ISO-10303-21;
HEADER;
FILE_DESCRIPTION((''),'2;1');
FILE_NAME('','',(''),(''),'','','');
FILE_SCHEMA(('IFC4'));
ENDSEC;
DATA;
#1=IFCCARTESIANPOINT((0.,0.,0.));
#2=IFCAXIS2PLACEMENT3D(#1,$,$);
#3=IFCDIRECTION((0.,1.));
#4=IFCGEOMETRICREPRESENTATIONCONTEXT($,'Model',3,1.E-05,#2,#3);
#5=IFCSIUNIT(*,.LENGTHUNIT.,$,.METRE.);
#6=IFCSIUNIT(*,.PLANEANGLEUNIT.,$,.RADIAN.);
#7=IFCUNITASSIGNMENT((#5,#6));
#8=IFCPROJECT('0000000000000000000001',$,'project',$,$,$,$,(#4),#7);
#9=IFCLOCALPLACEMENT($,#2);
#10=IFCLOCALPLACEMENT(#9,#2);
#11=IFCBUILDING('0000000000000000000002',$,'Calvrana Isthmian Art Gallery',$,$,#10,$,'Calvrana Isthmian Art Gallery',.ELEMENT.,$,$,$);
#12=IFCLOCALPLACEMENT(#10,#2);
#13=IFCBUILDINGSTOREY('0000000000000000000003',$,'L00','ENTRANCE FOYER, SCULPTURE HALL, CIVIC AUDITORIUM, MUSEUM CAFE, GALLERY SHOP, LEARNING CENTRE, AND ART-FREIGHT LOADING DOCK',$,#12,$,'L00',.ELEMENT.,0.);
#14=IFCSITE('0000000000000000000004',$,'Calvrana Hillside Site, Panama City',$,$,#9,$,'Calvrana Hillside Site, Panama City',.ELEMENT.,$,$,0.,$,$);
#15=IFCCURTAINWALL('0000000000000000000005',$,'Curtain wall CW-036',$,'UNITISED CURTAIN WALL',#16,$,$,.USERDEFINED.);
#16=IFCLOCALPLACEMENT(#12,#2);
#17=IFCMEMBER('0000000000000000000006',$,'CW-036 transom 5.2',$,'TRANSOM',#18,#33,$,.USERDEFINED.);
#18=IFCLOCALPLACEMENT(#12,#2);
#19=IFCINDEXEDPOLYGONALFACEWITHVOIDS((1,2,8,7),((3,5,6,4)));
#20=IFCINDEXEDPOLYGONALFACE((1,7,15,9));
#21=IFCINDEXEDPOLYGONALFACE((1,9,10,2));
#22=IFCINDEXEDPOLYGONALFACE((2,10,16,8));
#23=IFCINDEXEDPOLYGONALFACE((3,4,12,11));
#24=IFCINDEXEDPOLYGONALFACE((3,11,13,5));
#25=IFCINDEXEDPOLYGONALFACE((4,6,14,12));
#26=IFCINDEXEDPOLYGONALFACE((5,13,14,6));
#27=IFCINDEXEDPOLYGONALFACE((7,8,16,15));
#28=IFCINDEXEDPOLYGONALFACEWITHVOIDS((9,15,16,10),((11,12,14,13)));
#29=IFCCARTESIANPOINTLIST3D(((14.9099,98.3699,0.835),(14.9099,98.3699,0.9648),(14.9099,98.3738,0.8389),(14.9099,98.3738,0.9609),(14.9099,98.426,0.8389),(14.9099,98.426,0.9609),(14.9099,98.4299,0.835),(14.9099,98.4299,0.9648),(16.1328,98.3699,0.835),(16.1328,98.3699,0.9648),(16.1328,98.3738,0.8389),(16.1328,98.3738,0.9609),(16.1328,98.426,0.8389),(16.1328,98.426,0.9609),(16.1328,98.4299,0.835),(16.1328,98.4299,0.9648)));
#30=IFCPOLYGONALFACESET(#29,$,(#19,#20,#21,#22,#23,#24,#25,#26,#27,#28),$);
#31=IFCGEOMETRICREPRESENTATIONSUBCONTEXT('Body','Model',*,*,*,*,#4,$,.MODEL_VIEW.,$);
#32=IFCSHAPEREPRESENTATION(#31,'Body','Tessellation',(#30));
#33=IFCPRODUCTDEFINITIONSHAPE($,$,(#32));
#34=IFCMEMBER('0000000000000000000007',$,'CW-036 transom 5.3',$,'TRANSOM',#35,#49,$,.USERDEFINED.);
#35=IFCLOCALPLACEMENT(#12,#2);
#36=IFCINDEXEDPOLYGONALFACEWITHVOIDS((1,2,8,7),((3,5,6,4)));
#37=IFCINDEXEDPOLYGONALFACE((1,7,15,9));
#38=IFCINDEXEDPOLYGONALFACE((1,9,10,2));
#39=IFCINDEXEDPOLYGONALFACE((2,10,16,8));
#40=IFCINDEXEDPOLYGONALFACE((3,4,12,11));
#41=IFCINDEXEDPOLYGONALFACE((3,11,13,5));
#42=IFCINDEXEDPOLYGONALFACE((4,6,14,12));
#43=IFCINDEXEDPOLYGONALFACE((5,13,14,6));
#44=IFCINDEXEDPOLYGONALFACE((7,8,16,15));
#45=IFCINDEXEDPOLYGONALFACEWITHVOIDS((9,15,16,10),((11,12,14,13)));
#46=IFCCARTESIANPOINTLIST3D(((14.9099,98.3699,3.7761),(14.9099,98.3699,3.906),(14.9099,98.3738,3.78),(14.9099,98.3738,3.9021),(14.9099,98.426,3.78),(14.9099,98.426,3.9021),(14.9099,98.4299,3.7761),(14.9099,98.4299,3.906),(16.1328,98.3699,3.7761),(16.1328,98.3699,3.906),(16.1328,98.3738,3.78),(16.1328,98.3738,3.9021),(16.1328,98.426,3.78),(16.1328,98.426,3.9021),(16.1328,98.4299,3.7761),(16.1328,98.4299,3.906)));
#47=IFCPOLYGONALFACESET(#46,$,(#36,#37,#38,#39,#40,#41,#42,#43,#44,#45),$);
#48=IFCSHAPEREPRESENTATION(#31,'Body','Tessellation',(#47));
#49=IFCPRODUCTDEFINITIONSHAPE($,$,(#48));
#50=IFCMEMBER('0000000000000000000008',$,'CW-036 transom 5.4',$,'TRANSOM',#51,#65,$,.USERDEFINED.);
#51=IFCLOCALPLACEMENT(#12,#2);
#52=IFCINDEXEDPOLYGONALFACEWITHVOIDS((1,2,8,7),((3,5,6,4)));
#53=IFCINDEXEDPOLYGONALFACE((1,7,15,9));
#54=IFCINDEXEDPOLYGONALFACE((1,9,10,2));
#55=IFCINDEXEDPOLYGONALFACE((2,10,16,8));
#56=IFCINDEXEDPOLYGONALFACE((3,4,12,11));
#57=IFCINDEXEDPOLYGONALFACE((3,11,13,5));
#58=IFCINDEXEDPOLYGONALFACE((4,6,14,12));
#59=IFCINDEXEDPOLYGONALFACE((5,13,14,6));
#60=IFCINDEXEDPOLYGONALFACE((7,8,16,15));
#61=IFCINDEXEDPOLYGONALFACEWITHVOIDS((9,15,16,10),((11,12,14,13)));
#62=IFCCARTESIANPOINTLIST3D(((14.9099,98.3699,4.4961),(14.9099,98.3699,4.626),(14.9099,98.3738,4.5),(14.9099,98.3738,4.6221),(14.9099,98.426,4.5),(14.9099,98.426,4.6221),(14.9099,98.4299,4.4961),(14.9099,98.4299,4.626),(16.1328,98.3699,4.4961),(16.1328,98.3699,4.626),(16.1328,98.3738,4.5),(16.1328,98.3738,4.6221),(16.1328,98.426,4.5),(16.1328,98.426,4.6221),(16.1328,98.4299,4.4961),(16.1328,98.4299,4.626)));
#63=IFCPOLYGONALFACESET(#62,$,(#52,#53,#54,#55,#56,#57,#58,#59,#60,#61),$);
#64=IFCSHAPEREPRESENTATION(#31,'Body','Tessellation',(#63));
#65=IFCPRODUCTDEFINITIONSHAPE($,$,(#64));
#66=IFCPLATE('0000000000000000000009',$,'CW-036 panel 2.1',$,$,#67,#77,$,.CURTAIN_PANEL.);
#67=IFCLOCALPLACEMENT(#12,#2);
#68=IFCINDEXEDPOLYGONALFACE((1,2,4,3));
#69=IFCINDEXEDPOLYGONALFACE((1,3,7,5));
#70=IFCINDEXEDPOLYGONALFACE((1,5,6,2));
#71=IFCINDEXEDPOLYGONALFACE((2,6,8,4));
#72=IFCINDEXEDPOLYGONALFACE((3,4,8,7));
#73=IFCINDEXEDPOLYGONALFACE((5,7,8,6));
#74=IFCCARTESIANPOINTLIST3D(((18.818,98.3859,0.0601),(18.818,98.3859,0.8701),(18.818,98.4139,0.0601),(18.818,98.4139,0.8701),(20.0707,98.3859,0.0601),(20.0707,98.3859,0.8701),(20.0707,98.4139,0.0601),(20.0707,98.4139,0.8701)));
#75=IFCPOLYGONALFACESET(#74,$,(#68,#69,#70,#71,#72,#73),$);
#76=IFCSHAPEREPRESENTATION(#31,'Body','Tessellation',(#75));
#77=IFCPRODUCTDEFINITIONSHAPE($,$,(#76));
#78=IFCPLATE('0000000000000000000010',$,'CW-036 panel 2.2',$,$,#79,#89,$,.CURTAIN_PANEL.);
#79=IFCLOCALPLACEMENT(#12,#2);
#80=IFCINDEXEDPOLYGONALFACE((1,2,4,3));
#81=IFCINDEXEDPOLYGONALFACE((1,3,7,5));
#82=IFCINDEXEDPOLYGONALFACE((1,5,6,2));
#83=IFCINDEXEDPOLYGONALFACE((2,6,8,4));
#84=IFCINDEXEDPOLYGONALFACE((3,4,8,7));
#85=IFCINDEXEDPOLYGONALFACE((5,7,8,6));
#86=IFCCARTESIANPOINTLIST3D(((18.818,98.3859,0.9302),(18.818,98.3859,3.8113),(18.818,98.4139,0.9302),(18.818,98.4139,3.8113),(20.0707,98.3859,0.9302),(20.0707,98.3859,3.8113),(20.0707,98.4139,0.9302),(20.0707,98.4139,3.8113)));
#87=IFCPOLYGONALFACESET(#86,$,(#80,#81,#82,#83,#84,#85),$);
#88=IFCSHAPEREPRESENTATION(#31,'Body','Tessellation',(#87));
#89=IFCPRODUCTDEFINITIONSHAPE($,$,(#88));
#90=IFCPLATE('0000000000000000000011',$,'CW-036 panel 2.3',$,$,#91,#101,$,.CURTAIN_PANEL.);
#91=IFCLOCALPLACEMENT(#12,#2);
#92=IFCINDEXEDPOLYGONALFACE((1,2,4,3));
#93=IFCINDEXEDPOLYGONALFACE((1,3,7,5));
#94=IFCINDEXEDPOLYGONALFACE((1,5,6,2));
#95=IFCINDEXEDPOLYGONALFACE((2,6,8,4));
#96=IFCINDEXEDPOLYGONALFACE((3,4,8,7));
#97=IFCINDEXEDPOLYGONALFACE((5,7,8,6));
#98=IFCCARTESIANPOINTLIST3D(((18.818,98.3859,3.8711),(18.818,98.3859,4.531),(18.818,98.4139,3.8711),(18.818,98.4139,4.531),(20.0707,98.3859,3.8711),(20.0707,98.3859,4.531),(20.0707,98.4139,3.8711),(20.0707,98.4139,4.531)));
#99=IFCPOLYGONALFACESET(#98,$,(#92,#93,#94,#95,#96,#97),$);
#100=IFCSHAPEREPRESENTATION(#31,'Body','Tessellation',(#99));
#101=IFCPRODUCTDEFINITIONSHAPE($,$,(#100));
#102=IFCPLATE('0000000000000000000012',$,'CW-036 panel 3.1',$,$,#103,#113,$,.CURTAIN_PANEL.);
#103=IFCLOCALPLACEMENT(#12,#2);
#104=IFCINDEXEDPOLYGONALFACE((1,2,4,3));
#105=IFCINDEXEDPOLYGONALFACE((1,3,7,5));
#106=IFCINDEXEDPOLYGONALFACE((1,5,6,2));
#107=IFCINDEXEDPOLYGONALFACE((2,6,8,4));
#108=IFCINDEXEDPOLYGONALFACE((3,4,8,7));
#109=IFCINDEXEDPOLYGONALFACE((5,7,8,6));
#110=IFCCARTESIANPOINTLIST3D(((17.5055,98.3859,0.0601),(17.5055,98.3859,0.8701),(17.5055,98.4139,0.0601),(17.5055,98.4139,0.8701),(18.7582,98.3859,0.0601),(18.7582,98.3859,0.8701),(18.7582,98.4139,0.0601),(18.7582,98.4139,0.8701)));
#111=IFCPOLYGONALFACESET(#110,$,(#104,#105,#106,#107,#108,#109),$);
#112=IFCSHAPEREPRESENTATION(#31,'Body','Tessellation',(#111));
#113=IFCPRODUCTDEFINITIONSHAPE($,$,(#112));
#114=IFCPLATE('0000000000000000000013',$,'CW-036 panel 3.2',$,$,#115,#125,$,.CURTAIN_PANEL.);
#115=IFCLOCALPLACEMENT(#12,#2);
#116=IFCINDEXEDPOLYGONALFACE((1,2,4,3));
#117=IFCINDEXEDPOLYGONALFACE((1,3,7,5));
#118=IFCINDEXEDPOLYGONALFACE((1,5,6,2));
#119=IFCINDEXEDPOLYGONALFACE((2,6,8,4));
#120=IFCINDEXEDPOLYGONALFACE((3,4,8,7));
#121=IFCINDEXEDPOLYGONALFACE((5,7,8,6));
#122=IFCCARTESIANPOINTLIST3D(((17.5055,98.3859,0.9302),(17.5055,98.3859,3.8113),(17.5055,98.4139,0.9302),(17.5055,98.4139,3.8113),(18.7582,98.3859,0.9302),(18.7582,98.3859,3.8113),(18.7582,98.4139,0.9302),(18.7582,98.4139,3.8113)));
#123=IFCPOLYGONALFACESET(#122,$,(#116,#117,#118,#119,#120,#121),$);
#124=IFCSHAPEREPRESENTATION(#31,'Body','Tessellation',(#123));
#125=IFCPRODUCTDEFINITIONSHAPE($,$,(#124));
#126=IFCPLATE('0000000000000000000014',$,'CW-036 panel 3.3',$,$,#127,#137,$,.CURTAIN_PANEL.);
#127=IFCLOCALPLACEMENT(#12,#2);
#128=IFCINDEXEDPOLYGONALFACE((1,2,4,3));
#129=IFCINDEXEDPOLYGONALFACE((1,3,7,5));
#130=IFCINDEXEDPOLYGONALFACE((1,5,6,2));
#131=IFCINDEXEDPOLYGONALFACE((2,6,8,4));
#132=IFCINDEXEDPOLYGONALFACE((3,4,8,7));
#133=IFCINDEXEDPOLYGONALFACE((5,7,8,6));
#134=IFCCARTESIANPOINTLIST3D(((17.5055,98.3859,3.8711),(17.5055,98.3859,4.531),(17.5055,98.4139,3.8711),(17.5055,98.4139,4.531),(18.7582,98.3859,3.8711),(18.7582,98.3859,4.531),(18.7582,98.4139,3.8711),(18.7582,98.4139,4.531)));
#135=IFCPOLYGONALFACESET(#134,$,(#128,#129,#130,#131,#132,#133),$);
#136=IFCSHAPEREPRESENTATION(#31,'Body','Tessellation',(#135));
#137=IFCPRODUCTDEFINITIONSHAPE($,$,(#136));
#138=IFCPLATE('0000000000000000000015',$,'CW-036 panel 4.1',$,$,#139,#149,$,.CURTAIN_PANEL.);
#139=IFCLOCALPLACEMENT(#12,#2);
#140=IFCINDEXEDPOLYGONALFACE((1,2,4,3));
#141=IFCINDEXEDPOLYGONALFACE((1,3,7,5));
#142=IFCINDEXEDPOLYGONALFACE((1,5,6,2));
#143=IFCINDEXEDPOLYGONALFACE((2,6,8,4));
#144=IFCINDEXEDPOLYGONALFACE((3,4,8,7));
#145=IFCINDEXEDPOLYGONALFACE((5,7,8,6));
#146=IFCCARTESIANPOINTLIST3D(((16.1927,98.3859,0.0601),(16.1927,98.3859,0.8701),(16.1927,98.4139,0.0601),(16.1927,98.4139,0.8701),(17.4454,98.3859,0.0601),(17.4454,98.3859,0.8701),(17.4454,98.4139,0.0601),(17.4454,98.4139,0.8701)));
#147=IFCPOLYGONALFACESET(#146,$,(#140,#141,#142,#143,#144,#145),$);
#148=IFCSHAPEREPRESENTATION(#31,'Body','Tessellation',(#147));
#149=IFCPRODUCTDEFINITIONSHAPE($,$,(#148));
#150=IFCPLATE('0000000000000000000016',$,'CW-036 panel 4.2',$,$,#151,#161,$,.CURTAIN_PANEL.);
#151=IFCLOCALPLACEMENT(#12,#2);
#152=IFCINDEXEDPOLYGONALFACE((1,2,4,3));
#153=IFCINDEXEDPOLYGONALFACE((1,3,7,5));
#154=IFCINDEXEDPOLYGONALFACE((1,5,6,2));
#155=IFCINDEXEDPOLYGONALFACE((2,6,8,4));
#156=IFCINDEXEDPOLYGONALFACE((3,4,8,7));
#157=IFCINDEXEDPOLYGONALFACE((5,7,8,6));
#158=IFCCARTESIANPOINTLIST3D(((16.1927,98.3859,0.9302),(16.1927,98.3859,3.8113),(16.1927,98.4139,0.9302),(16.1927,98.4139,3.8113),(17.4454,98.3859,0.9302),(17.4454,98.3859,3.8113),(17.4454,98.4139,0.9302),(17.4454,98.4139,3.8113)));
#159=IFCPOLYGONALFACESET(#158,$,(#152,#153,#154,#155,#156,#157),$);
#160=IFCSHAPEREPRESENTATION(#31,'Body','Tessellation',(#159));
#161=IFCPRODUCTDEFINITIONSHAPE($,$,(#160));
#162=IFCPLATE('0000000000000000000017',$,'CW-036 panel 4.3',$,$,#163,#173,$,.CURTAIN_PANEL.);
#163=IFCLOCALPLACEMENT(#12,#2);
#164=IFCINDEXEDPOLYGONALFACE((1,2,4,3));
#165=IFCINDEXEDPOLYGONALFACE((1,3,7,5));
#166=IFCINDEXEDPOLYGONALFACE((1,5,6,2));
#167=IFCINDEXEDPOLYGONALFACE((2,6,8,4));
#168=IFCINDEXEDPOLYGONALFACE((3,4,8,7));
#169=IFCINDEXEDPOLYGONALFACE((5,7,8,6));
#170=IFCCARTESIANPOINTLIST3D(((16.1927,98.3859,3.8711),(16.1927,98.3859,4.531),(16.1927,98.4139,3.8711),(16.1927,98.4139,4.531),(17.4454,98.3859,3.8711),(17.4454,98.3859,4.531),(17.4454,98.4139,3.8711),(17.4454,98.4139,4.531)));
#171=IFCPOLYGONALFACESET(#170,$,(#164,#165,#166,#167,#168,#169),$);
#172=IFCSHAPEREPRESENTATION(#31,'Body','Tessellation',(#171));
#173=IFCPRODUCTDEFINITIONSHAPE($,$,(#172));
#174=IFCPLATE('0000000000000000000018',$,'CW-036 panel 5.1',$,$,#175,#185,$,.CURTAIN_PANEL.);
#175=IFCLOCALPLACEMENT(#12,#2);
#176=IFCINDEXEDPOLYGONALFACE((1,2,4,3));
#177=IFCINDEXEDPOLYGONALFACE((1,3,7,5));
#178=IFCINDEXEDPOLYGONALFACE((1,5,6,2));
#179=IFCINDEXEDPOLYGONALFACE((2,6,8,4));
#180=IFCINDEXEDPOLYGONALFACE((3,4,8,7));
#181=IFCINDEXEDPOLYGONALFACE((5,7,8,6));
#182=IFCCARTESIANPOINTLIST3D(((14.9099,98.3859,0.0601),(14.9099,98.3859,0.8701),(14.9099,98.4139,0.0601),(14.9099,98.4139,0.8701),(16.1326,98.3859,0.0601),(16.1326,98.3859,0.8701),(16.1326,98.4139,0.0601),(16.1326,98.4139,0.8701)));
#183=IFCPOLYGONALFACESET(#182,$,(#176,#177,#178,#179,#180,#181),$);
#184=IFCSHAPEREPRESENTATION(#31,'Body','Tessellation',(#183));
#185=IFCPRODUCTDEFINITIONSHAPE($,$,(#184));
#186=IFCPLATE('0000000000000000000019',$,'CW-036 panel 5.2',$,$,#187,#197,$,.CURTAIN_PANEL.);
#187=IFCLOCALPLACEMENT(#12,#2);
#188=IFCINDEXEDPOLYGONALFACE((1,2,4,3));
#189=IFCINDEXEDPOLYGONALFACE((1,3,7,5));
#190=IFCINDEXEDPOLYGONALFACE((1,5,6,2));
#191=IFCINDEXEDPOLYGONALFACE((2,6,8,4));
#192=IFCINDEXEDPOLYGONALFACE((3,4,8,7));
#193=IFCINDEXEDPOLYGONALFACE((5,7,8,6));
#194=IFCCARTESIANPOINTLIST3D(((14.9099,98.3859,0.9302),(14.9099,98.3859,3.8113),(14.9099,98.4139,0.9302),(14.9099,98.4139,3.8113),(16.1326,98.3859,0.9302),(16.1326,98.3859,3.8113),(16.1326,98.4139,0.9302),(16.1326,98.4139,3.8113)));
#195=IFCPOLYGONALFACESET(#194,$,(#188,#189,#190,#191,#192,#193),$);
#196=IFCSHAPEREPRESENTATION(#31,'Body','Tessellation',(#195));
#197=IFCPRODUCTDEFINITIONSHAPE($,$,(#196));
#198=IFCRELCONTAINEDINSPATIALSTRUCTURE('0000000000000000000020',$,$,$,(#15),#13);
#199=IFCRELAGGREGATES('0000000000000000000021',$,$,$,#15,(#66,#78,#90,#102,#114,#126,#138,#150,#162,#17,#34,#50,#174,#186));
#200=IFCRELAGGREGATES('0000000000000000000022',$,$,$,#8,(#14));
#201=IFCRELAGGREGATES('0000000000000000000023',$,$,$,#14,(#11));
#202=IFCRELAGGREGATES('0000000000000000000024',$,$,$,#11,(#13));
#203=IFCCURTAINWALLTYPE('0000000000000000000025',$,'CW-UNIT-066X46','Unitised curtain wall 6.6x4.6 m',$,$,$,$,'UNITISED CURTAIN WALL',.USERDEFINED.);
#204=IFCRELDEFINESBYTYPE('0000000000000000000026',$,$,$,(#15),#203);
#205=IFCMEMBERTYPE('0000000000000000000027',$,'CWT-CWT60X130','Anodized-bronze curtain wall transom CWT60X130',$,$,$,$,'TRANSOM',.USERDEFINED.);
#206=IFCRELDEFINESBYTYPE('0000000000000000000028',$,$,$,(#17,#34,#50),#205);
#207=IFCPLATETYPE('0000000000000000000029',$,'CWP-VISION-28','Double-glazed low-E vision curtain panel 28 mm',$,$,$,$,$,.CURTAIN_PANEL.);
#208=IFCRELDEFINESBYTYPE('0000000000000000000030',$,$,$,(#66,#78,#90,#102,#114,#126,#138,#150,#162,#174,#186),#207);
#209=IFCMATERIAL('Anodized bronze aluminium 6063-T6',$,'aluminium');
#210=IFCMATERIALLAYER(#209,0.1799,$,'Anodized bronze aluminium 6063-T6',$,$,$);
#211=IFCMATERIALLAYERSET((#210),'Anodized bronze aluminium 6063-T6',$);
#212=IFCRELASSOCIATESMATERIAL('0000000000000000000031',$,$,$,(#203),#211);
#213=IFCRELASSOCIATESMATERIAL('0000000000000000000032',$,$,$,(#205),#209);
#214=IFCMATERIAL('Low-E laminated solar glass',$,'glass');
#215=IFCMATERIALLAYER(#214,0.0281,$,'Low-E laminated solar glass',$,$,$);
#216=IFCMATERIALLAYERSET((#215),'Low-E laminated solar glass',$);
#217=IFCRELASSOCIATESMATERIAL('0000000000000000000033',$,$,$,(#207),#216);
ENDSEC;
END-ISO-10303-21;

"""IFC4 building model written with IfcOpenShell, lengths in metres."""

from ifc_helpers import new_model, si_unit, direction, frame, origin, origin_2d, place, context, subcontext, project, spatial, rectangle, hollow_rectangle, extrude, material, layer, layer_set, material_profile, profile_set, type_object, element, aggregate, save


model = new_model("IFC4")

# Units and contexts
model_context = context("Model", 3, precision=1e-05, world=origin(), true_north=direction((0.0, 1.0)))
body_context = subcontext(model_context, "Body", "Model", "MODEL_VIEW")
ifc_project = project(units=[si_unit("LENGTHUNIT", "METRE"), si_unit("PLANEANGLEUNIT", "RADIAN")], contexts=[model_context])

# Site, building, storey
site_placement = place(None, origin())
site = spatial("IfcSite", under=ifc_project, at=site_placement, Name="Calvrana Hillside Site, Panama City", LongName="Calvrana Hillside Site, Panama City", CompositionType="ELEMENT", RefElevation=0.0)
building_placement = place(site_placement, origin())
building = spatial("IfcBuilding", under=site, at=building_placement, Name="Calvrana Isthmian Art Gallery", LongName="Calvrana Isthmian Art Gallery", CompositionType="ELEMENT")
storey_placement = place(building_placement, origin())
storey = spatial("IfcBuildingStorey", under=building, at=storey_placement, Name="L00", Description="ENTRANCE FOYER, SCULPTURE HALL, CIVIC AUDITORIUM, MUSEUM CAFE, GALLERY SHOP, LEARNING CENTRE, AND ART-FREIGHT LOADING DOCK", LongName="L00", CompositionType="ELEMENT", Elevation=0.0)

# Curtain wall, members, plates
ifc_material_1 = material(Name="Anodized bronze aluminium 6063-T6", Category="aluminium")
ifc_layer_1 = layer(ifc_material_1, 0.1799, Name="Anodized bronze aluminium 6063-T6")
ifc_layer_set_1 = layer_set([ifc_layer_1], Name="Anodized bronze aluminium 6063-T6")
curtain_wall_type = type_object("IfcCurtainWallType", Name="CW-UNIT-066X46", Description="Unitised curtain wall 6.6x4.6 m", ElementType="UNITISED CURTAIN WALL", PredefinedType="USERDEFINED", material=ifc_layer_set_1)
curtain_wall_placement = place(storey_placement, origin())
curtain_wall = element("IfcCurtainWall", 1, at=curtain_wall_placement, inside=storey, type_object=curtain_wall_type, Name="Curtain wall CW-036", ObjectType="UNITISED CURTAIN WALL", PredefinedType="USERDEFINED")
ifc_material_profile_1 = material_profile(ifc_material_1, hollow_rectangle(XDim=0.0601, YDim=0.1299, WallThickness=0.0039, at=origin_2d()), Name="CWT60X130")
ifc_profile_set_1 = profile_set([ifc_material_profile_1], Name="Anodized bronze aluminium 6063-T6")
member_type_1 = type_object("IfcMemberType", Name="CWT-CWT60X130", Description="Anodized-bronze curtain wall transom CWT60X130", ElementType="TRANSOM", PredefinedType="USERDEFINED", material=ifc_profile_set_1)
member_1_placement = place(storey_placement, frame((16.1328, 98.3999, 0.8999), z_axis=(-1.0, 0.0, 0.0), x_axis=(0.0, -1.0, 0.0)))
member_1 = element("IfcMember", 2, at=member_1_placement, type_object=member_type_1, Name="CW-036 transom 5.2", ObjectType="TRANSOM", PredefinedType="USERDEFINED", context=body_context, shape_type="SweptSolid", body=[
    extrude(hollow_rectangle(XDim=0.0601, YDim=0.1299, WallThickness=0.0039, at=origin_2d()), origin(), (0.0, 0.0, 1.0), 1.2229),
])
member_2_placement = place(storey_placement, frame((16.1328, 98.3999, 3.8411), z_axis=(-1.0, 0.0, 0.0), x_axis=(0.0, -1.0, 0.0)))
member_2 = element("IfcMember", 3, at=member_2_placement, type_object=member_type_1, Name="CW-036 transom 5.3", ObjectType="TRANSOM", PredefinedType="USERDEFINED", context=body_context, shape_type="SweptSolid", body=[
    extrude(hollow_rectangle(XDim=0.0601, YDim=0.1299, WallThickness=0.0039, at=origin_2d()), origin(), (0.0, 0.0, 1.0), 1.2229),
])
member_3_placement = place(storey_placement, frame((16.1328, 98.3999, 4.561), z_axis=(-1.0, 0.0, 0.0), x_axis=(0.0, -1.0, 0.0)))
member_3 = element("IfcMember", 4, at=member_3_placement, type_object=member_type_1, Name="CW-036 transom 5.4", ObjectType="TRANSOM", PredefinedType="USERDEFINED", context=body_context, shape_type="SweptSolid", body=[
    extrude(hollow_rectangle(XDim=0.0601, YDim=0.1299, WallThickness=0.0039, at=origin_2d()), origin(), (0.0, 0.0, 1.0), 1.2229),
])
ifc_material_2 = material(Name="Low-E laminated solar glass", Category="glass")
ifc_layer_2 = layer(ifc_material_2, 0.0281, Name="Low-E laminated solar glass")
ifc_layer_set_2 = layer_set([ifc_layer_2], Name="Low-E laminated solar glass")
plate_type = type_object("IfcPlateType", Name="CWP-VISION-28", Description="Double-glazed low-E vision curtain panel 28 mm", PredefinedType="CURTAIN_PANEL", material=ifc_layer_set_2)
plate_1_placement = place(storey_placement, frame((19.4443, 98.3999, 0.0601), z_axis=(0.0, 0.0, 1.0), x_axis=(-1.0, 0.0, 0.0)))
plate_1 = element("IfcPlate", 5, at=plate_1_placement, type_object=plate_type, Name="CW-036 panel 2.1", PredefinedType="CURTAIN_PANEL", context=body_context, shape_type="SweptSolid", body=[
    extrude(rectangle(XDim=1.2527, YDim=0.0281, at=origin_2d()), origin(), (0.0, 0.0, 1.0), 0.8101),
])
plate_2_placement = place(storey_placement, frame((19.4443, 98.3999, 0.9302), z_axis=(0.0, 0.0, 1.0), x_axis=(-1.0, 0.0, 0.0)))
plate_2 = element("IfcPlate", 6, at=plate_2_placement, type_object=plate_type, Name="CW-036 panel 2.2", PredefinedType="CURTAIN_PANEL", context=body_context, shape_type="SweptSolid", body=[
    extrude(rectangle(XDim=1.2527, YDim=0.0281, at=origin_2d()), origin(), (0.0, 0.0, 1.0), 2.8811),
])
plate_3_placement = place(storey_placement, frame((19.4443, 98.3999, 3.8711), z_axis=(0.0, 0.0, 1.0), x_axis=(-1.0, 0.0, 0.0)))
plate_3 = element("IfcPlate", 7, at=plate_3_placement, type_object=plate_type, Name="CW-036 panel 2.3", PredefinedType="CURTAIN_PANEL", context=body_context, shape_type="SweptSolid", body=[
    extrude(rectangle(XDim=1.2527, YDim=0.0281, at=origin_2d()), origin(), (0.0, 0.0, 1.0), 0.6599),
])
plate_4_placement = place(storey_placement, frame((18.1318, 98.3999, 0.0601), z_axis=(0.0, 0.0, 1.0), x_axis=(-1.0, 0.0, 0.0)))
plate_4 = element("IfcPlate", 8, at=plate_4_placement, type_object=plate_type, Name="CW-036 panel 3.1", PredefinedType="CURTAIN_PANEL", context=body_context, shape_type="SweptSolid", body=[
    extrude(rectangle(XDim=1.2527, YDim=0.0281, at=origin_2d()), origin(), (0.0, 0.0, 1.0), 0.8101),
])
plate_5_placement = place(storey_placement, frame((18.1318, 98.3999, 0.9302), z_axis=(0.0, 0.0, 1.0), x_axis=(-1.0, 0.0, 0.0)))
plate_5 = element("IfcPlate", 9, at=plate_5_placement, type_object=plate_type, Name="CW-036 panel 3.2", PredefinedType="CURTAIN_PANEL", context=body_context, shape_type="SweptSolid", body=[
    extrude(rectangle(XDim=1.2527, YDim=0.0281, at=origin_2d()), origin(), (0.0, 0.0, 1.0), 2.8811),
])
plate_6_placement = place(storey_placement, frame((18.1318, 98.3999, 3.8711), z_axis=(0.0, 0.0, 1.0), x_axis=(-1.0, 0.0, 0.0)))
plate_6 = element("IfcPlate", 10, at=plate_6_placement, type_object=plate_type, Name="CW-036 panel 3.3", PredefinedType="CURTAIN_PANEL", context=body_context, shape_type="SweptSolid", body=[
    extrude(rectangle(XDim=1.2527, YDim=0.0281, at=origin_2d()), origin(), (0.0, 0.0, 1.0), 0.6599),
])
plate_7_placement = place(storey_placement, frame((16.8191, 98.3999, 0.0601), z_axis=(0.0, 0.0, 1.0), x_axis=(-1.0, 0.0, 0.0)))
plate_7 = element("IfcPlate", 11, at=plate_7_placement, type_object=plate_type, Name="CW-036 panel 4.1", PredefinedType="CURTAIN_PANEL", context=body_context, shape_type="SweptSolid", body=[
    extrude(rectangle(XDim=1.2527, YDim=0.0281, at=origin_2d()), origin(), (0.0, 0.0, 1.0), 0.8101),
])
plate_8_placement = place(storey_placement, frame((16.8191, 98.3999, 0.9302), z_axis=(0.0, 0.0, 1.0), x_axis=(-1.0, 0.0, 0.0)))
plate_8 = element("IfcPlate", 12, at=plate_8_placement, type_object=plate_type, Name="CW-036 panel 4.2", PredefinedType="CURTAIN_PANEL", context=body_context, shape_type="SweptSolid", body=[
    extrude(rectangle(XDim=1.2527, YDim=0.0281, at=origin_2d()), origin(), (0.0, 0.0, 1.0), 2.8811),
])
plate_9_placement = place(storey_placement, frame((16.8191, 98.3999, 3.8711), z_axis=(0.0, 0.0, 1.0), x_axis=(-1.0, 0.0, 0.0)))
plate_9 = element("IfcPlate", 13, at=plate_9_placement, type_object=plate_type, Name="CW-036 panel 4.3", PredefinedType="CURTAIN_PANEL", context=body_context, shape_type="SweptSolid", body=[
    extrude(rectangle(XDim=1.2527, YDim=0.0281, at=origin_2d()), origin(), (0.0, 0.0, 1.0), 0.6599),
])
plate_10_placement = place(storey_placement, frame((15.5212, 98.3999, 0.0601), z_axis=(0.0, 0.0, 1.0), x_axis=(-1.0, 0.0, 0.0)))
plate_10 = element("IfcPlate", 14, at=plate_10_placement, type_object=plate_type, Name="CW-036 panel 5.1", PredefinedType="CURTAIN_PANEL", context=body_context, shape_type="SweptSolid", body=[
    extrude(rectangle(XDim=1.2227, YDim=0.0281, at=origin_2d()), origin(), (0.0, 0.0, 1.0), 0.8101),
])
plate_11_placement = place(storey_placement, frame((15.5212, 98.3999, 0.9302), z_axis=(0.0, 0.0, 1.0), x_axis=(-1.0, 0.0, 0.0)))
plate_11 = element("IfcPlate", 15, at=plate_11_placement, type_object=plate_type, Name="CW-036 panel 5.2", PredefinedType="CURTAIN_PANEL", context=body_context, shape_type="SweptSolid", body=[
    extrude(rectangle(XDim=1.2227, YDim=0.0281, at=origin_2d()), origin(), (0.0, 0.0, 1.0), 2.8811),
])
aggregate(curtain_wall, [plate_1, plate_2, plate_3, plate_4, plate_5, plate_6, plate_7, plate_8, plate_9, member_1, member_2, member_3, plate_10, plate_11])

save(model, "model.ifc")
